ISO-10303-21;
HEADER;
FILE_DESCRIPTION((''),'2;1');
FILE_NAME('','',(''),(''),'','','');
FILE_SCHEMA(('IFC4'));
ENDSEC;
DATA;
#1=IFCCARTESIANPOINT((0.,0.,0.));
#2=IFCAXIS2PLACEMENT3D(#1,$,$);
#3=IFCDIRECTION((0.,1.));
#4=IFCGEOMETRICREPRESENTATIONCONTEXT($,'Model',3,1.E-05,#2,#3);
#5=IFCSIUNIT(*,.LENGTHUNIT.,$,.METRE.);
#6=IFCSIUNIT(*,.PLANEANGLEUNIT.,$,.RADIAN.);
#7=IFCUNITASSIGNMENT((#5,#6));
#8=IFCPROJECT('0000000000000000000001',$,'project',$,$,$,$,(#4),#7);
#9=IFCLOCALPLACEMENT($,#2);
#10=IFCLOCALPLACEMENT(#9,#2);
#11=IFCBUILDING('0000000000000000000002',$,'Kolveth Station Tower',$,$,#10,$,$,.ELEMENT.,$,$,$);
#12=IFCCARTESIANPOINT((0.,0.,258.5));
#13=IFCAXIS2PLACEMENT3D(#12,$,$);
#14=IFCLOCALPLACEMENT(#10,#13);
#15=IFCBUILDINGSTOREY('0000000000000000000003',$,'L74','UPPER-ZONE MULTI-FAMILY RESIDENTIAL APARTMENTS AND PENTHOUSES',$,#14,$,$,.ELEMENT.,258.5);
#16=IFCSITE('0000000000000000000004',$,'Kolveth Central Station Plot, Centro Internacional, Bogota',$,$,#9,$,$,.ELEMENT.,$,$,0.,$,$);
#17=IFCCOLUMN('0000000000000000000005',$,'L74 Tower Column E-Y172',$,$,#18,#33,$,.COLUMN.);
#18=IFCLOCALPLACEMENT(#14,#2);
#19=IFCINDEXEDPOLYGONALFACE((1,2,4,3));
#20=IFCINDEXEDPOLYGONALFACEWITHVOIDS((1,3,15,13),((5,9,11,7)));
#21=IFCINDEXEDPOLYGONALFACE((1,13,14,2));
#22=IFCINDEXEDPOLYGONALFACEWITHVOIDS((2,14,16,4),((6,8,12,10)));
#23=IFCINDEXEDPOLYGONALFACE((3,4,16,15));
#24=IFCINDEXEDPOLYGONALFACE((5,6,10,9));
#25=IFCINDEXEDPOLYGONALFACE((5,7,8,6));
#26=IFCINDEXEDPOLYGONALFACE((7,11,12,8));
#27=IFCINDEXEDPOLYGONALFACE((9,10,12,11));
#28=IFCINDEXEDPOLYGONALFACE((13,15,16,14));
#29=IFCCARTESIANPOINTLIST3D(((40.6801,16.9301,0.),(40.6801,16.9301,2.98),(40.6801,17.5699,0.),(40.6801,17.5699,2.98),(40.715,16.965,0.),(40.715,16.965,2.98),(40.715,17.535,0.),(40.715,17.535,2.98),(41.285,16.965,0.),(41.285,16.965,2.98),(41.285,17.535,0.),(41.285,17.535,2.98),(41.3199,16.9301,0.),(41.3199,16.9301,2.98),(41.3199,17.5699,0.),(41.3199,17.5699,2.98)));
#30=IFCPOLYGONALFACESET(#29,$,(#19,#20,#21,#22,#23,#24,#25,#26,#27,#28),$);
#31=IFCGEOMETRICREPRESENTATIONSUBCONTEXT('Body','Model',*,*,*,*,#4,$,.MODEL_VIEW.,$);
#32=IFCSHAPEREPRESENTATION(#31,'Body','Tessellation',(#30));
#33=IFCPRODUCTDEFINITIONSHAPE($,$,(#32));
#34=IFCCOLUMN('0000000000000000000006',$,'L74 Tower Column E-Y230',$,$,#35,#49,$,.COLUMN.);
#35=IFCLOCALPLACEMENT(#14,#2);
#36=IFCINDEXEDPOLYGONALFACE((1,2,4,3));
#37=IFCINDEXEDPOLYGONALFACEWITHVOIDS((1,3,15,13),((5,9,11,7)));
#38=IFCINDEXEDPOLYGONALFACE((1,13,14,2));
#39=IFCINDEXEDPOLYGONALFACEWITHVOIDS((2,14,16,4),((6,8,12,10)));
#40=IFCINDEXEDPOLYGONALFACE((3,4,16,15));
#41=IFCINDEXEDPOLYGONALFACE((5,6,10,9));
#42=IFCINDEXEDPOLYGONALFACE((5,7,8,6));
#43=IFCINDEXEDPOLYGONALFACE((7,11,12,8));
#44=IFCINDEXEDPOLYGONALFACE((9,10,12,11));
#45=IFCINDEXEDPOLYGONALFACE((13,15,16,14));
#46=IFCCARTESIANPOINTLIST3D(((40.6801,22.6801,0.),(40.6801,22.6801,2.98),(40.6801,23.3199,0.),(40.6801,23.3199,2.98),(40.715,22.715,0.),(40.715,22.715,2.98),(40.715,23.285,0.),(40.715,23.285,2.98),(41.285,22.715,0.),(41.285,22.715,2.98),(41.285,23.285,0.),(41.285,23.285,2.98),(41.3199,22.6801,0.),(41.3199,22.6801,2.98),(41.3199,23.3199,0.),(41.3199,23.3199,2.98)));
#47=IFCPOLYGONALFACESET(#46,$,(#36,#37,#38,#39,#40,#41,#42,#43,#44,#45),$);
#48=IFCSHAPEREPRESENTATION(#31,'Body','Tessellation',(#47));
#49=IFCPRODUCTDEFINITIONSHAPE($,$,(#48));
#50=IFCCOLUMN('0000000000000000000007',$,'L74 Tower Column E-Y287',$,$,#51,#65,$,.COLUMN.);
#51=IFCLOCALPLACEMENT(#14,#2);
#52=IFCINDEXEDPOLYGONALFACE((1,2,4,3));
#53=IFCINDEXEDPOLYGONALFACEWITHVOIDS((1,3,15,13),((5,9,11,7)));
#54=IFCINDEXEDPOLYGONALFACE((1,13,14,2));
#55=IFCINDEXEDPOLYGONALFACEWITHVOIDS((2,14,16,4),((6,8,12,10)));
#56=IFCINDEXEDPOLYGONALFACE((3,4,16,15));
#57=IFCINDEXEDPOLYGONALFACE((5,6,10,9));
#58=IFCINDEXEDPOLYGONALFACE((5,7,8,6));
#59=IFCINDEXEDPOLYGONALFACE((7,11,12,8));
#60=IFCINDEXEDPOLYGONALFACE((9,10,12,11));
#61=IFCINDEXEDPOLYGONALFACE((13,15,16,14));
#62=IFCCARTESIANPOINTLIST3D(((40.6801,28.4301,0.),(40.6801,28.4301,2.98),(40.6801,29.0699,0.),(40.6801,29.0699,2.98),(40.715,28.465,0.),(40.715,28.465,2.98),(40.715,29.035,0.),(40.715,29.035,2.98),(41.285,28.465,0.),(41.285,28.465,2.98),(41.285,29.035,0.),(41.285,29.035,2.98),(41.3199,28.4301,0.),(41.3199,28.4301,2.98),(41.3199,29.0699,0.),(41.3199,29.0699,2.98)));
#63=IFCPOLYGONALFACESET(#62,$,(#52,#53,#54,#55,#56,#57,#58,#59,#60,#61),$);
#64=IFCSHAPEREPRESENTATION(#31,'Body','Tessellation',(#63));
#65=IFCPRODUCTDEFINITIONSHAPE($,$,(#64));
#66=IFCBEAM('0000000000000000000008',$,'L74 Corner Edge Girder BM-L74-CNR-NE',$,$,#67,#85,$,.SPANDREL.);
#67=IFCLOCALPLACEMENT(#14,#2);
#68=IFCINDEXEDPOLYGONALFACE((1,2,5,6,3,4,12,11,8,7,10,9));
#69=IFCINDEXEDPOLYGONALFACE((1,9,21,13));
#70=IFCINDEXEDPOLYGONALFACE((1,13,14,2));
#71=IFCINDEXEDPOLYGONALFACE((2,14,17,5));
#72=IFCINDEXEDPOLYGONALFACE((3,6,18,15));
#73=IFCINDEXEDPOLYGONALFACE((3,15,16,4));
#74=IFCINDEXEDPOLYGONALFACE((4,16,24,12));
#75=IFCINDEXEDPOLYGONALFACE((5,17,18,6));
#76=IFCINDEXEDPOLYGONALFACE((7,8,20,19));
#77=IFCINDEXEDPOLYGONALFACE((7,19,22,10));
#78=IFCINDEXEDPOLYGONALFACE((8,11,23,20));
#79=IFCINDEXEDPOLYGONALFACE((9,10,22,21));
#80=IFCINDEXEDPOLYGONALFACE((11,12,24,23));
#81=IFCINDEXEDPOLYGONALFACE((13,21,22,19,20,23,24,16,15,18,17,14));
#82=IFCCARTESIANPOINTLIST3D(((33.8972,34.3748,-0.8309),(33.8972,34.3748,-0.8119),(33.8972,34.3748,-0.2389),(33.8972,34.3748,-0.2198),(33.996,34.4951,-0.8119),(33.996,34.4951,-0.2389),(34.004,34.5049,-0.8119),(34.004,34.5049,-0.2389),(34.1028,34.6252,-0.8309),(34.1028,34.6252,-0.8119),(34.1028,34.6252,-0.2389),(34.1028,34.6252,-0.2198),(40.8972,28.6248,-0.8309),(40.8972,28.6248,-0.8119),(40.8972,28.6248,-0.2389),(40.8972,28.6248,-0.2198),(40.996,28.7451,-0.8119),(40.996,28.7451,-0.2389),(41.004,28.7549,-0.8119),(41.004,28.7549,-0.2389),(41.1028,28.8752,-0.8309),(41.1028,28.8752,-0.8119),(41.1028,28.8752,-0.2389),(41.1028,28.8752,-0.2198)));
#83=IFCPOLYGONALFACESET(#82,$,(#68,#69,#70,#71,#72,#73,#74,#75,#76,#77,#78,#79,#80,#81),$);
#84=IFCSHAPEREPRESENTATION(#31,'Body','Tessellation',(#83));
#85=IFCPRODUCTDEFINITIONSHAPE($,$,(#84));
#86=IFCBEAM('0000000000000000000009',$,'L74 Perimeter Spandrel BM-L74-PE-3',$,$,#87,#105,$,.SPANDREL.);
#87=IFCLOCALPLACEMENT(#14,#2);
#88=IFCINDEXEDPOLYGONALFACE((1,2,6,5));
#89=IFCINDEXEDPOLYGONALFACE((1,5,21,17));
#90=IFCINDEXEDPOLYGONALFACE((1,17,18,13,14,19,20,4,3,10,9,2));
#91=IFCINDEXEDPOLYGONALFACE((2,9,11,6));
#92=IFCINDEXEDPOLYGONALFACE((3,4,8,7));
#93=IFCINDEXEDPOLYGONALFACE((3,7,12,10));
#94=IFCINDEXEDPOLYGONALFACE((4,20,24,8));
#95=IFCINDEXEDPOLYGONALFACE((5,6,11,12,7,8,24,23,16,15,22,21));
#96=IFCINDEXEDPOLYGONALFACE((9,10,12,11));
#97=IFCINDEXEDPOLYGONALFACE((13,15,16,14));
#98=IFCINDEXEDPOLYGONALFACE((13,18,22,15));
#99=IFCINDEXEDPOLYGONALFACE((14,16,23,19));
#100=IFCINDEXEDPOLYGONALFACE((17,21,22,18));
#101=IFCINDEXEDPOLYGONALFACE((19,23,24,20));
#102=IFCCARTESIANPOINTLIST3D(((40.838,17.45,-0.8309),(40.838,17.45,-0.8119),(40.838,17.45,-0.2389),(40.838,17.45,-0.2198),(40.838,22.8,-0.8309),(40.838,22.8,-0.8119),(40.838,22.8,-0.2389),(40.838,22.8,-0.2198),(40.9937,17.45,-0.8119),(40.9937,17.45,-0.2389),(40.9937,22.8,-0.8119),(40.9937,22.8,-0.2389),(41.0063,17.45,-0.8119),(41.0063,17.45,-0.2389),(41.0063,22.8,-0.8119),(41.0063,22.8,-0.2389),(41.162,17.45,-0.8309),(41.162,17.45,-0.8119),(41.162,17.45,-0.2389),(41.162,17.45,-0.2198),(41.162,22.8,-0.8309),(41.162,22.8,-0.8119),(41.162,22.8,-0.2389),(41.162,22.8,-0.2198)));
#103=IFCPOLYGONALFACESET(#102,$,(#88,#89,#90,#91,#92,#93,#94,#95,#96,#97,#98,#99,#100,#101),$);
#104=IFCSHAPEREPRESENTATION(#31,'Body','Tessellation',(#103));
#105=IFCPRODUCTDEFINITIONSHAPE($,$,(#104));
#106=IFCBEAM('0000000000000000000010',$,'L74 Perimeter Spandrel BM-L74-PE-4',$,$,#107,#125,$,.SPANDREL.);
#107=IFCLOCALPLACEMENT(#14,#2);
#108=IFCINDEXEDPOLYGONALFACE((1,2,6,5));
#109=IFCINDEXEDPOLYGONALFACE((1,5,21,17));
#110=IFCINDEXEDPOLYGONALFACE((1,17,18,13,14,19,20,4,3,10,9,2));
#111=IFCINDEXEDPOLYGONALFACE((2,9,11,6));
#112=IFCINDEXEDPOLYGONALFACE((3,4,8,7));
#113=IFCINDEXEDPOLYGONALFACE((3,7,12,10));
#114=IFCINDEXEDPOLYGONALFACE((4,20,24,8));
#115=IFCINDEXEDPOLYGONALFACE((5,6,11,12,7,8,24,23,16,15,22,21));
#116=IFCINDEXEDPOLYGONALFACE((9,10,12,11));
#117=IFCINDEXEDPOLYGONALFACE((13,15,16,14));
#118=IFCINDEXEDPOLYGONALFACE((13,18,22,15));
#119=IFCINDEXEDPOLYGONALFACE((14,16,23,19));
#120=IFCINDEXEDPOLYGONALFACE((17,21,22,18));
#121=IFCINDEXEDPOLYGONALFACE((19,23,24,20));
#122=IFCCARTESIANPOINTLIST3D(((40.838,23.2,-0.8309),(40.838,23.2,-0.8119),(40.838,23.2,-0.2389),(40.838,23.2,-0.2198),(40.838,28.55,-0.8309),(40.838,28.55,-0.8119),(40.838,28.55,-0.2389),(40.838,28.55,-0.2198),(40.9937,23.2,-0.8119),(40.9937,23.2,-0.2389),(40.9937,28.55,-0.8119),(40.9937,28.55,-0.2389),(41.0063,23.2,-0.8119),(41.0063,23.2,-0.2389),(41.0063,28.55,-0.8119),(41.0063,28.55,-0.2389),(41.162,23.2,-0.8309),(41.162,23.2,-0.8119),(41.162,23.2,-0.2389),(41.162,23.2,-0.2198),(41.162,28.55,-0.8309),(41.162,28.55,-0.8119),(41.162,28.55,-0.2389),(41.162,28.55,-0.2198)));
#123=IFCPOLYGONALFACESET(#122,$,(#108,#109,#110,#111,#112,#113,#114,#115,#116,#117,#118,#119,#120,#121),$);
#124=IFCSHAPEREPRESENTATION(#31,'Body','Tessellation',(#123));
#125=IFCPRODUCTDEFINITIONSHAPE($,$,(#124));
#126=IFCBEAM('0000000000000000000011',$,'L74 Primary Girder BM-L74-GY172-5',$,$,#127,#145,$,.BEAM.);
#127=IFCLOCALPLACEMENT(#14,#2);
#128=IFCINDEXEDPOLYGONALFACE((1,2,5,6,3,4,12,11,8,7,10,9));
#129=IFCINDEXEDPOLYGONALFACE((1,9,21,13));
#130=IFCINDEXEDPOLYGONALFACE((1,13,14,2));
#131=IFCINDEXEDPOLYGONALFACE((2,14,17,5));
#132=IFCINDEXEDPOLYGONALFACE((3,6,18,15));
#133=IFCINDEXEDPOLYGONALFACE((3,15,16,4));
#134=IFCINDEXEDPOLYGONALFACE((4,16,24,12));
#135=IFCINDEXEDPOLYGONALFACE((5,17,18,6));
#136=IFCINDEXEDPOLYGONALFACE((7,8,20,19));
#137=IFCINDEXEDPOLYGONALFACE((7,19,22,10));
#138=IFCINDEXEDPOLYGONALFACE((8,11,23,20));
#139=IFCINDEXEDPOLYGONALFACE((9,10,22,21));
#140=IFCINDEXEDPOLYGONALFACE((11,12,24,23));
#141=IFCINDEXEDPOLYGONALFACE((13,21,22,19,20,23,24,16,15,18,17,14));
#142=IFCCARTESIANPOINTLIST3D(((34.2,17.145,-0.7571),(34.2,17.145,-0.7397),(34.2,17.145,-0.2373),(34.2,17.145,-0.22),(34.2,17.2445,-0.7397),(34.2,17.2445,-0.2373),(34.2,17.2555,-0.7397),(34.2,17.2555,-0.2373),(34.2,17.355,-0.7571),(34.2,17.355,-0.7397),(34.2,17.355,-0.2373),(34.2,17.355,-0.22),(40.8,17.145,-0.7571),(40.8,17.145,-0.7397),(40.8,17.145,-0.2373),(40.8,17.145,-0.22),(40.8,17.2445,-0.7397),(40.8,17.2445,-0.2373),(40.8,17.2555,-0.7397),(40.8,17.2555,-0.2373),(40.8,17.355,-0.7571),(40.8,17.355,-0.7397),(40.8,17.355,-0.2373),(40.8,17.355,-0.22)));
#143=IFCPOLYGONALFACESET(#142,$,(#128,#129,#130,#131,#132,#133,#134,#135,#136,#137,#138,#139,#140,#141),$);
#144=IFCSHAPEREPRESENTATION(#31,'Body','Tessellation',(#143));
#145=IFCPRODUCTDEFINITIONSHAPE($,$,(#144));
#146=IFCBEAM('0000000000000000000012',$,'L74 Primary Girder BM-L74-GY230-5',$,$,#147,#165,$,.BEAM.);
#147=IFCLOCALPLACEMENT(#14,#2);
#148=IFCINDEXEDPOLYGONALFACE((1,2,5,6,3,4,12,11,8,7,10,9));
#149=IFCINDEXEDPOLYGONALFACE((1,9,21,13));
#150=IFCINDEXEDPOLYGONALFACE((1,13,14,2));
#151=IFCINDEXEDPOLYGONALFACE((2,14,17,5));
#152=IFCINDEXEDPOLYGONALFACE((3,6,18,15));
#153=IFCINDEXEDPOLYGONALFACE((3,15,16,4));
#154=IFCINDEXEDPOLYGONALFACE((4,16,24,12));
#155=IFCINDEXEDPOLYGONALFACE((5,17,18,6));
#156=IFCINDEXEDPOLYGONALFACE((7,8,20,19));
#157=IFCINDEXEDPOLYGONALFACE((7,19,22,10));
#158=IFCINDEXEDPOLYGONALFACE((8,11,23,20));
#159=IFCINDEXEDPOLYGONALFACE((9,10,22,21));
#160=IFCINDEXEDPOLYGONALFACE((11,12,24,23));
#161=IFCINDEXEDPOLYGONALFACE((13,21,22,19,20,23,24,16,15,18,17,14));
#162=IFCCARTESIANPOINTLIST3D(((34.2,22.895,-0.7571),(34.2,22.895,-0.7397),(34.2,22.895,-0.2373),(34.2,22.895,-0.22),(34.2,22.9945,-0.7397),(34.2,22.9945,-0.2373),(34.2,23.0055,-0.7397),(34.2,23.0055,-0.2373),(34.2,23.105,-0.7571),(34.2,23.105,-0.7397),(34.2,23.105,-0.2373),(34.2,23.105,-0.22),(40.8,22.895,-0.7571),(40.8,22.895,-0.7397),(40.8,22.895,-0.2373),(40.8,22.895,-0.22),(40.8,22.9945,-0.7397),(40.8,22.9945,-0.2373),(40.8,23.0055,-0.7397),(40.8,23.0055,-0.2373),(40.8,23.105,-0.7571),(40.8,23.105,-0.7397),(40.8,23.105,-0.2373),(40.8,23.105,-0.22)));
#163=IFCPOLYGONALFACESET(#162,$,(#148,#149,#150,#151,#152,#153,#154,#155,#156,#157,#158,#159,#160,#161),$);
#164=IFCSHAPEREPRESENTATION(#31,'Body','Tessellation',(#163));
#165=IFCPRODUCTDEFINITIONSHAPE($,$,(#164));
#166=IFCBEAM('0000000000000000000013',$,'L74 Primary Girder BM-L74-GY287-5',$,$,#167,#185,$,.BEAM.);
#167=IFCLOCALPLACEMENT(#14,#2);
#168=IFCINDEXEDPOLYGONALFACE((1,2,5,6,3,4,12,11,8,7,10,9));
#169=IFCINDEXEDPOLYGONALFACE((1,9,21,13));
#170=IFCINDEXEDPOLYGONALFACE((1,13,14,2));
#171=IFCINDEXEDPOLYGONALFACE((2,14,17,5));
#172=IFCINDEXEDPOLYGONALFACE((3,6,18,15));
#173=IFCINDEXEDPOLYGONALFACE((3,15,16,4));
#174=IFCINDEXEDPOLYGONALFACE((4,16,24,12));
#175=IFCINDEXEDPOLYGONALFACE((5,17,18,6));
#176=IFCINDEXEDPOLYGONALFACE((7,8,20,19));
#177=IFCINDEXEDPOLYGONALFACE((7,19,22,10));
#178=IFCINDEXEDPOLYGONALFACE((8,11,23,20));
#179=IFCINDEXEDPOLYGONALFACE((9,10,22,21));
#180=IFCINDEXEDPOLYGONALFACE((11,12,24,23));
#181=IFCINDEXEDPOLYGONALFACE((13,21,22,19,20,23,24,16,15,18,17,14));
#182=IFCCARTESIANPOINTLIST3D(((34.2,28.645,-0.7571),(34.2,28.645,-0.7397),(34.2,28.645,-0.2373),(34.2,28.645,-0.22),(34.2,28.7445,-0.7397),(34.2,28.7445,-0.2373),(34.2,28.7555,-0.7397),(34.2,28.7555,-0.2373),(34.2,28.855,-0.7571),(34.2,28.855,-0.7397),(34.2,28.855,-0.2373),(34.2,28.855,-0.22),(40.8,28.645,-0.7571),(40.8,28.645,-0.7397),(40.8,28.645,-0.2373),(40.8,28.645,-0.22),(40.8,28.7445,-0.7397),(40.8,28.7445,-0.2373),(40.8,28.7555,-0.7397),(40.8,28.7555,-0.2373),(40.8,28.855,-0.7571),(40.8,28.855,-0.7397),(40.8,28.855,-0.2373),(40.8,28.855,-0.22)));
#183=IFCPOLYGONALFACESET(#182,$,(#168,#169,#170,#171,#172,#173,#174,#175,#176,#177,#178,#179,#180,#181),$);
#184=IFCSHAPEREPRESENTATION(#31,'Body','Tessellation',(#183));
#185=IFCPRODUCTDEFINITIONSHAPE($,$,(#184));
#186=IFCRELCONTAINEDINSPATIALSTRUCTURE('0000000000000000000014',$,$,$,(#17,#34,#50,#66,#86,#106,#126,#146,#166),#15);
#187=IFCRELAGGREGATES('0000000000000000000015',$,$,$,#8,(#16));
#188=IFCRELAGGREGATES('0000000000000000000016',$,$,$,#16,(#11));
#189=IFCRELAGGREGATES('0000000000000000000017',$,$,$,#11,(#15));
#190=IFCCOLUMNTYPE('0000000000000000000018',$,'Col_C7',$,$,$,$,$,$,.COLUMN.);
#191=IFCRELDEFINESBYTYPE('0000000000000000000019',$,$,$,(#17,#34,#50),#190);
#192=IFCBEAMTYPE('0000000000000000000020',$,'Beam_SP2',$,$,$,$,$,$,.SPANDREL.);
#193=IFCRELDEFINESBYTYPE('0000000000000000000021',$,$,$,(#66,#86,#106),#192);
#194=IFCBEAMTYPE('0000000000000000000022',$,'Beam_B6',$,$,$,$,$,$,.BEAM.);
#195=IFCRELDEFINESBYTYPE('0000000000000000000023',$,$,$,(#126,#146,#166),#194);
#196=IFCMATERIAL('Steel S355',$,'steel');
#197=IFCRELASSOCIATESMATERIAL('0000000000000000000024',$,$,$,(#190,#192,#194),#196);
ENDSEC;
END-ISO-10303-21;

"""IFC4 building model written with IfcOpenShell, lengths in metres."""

from ifc_helpers import new_model, si_unit, direction, frame, origin, origin_2d, place, context, subcontext, project, spatial, hollow_rectangle, i_section, extrude, source, transform, mapped, material, material_profile, profile_set, type_object, element, save


model = new_model("IFC4")

# Units and contexts
model_context = context("Model", 3, precision=1e-05, world=origin(), true_north=direction((0.0, 1.0)))
body_context = subcontext(model_context, "Body", "Model", "MODEL_VIEW")
ifc_project = project(units=[si_unit("LENGTHUNIT", "METRE"), si_unit("PLANEANGLEUNIT", "RADIAN")], contexts=[model_context])

# Site, building, storey
site_placement = place(None, origin())
site = spatial("IfcSite", under=ifc_project, at=site_placement, Name="Kolveth Central Station Plot, Centro Internacional, Bogota", CompositionType="ELEMENT", RefElevation=0.0)
building_placement = place(site_placement, origin())
building = spatial("IfcBuilding", under=site, at=building_placement, Name="Kolveth Station Tower", CompositionType="ELEMENT")
storey_placement = place(building_placement, frame((0.0, 0.0, 258.5)))
storey = spatial("IfcBuildingStorey", under=building, at=storey_placement, Name="L74", Description="UPPER-ZONE MULTI-FAMILY RESIDENTIAL APARTMENTS AND PENTHOUSES", CompositionType="ELEMENT", Elevation=258.5)

# Columns
ifc_material_1 = material(Name="Steel S355", Category="steel")
ifc_material_profile_1 = material_profile(ifc_material_1, hollow_rectangle(XDim=0.6399, YDim=0.6399, WallThickness=0.0349, at=origin_2d()), Name="BOX640x640x35")
ifc_profile_set_1 = profile_set([ifc_material_profile_1], Name="Steel S355")
column_type = type_object("IfcColumnType", Name="Col_C7", PredefinedType="COLUMN", material=ifc_profile_set_1)
shared_shape_1 = source(origin(), body_context, "Body", "SweptSolid", [
    extrude(hollow_rectangle(XDim=0.6399, YDim=0.6399, WallThickness=0.0349, at=origin_2d()), origin(), (0.0, 0.0, 1.0), 2.98),
])
for number, where, z_axis, x_axis, name in (
    (1, (41.0, 17.25, 0.0), (0.0, 0.0, 1.0), (1.0, 0.0, 0.0), "L74 Tower Column E-Y172"),
    (2, (41.0, 23.0, 0.0), (0.0, 0.0, 1.0), (1.0, 0.0, 0.0), "L74 Tower Column E-Y230"),
    (3, (41.0, 28.75, 0.0), (0.0, 0.0, 1.0), (1.0, 0.0, 0.0), "L74 Tower Column E-Y287"),
):
    element("IfcColumn", number, at=place(storey_placement, frame(where, z_axis=z_axis, x_axis=x_axis)), inside=storey, type_object=column_type, Name=name, PredefinedType="COLUMN", context=body_context, shape_type="MappedRepresentation", body=[
        mapped(shared_shape_1, transform((0.0, 0.0, 0.0), x_axis=(1.0, 0.0, 0.0), y_axis=(0.0, 1.0, 0.0), z_axis=(0.0, 0.0, 1.0), scale=1.0)),
    ])

# Beams
ifc_material_profile_2 = material_profile(ifc_material_1, i_section(OverallWidth=0.324, OverallDepth=0.6111, WebThickness=0.0127, FlangeThickness=0.019, at=origin_2d()), Name="W610x155")
ifc_profile_set_2 = profile_set([ifc_material_profile_2], Name="Steel S355")
beam_type_1 = type_object("IfcBeamType", Name="Beam_SP2", PredefinedType="SPANDREL", material=ifc_profile_set_2)
shared_shape_2 = source(origin(), body_context, "Body", "SweptSolid", [
    extrude(i_section(OverallWidth=0.324, OverallDepth=0.6111, WebThickness=0.0127, FlangeThickness=0.019, at=origin_2d()), origin(), (0.0, 0.0, 1.0), 9.0588),
])
beam_1_placement = place(storey_placement, frame((41.0, 28.75, -0.5254), z_axis=(-0.772726, 0.634739, 0.0), x_axis=(-0.634739, -0.772726, 0.0)))
element("IfcBeam", 4, at=beam_1_placement, inside=storey, type_object=beam_type_1, Name="L74 Corner Edge Girder BM-L74-CNR-NE", PredefinedType="SPANDREL", context=body_context, shape_type="MappedRepresentation", body=[
    mapped(shared_shape_2, transform((0.0, 0.0, 0.0), x_axis=(1.0, 0.0, 0.0), y_axis=(0.0, 1.0, 0.0), z_axis=(0.0, 0.0, 1.0), scale=1.0)),
])
shared_shape_3 = source(origin(), body_context, "Body", "SweptSolid", [
    extrude(i_section(OverallWidth=0.324, OverallDepth=0.6111, WebThickness=0.0127, FlangeThickness=0.019, at=origin_2d()), origin(), (0.0, 0.0, 1.0), 5.3501),
])
for number, where, z_axis, x_axis, name in (
    (5, (41.0, 17.45, -0.5254), (0.0, 1.0, 0.0), (-1.0, 0.0, 0.0), "L74 Perimeter Spandrel BM-L74-PE-3"),
    (6, (41.0, 23.2, -0.5254), (0.0, 1.0, 0.0), (-1.0, 0.0, 0.0), "L74 Perimeter Spandrel BM-L74-PE-4"),
):
    element("IfcBeam", number, at=place(storey_placement, frame(where, z_axis=z_axis, x_axis=x_axis)), inside=storey, type_object=beam_type_1, Name=name, PredefinedType="SPANDREL", context=body_context, shape_type="MappedRepresentation", body=[
        mapped(shared_shape_3, transform((0.0, 0.0, 0.0), x_axis=(1.0, 0.0, 0.0), y_axis=(0.0, 1.0, 0.0), z_axis=(0.0, 0.0, 1.0), scale=1.0)),
    ])
ifc_material_profile_3 = material_profile(ifc_material_1, i_section(OverallWidth=0.21, OverallDepth=0.5371, WebThickness=0.011, FlangeThickness=0.0173, at=origin_2d()), Name="W530x101")
ifc_profile_set_3 = profile_set([ifc_material_profile_3], Name="Steel S355")
beam_type_2 = type_object("IfcBeamType", Name="Beam_B6", PredefinedType="BEAM", material=ifc_profile_set_3)
shared_shape_4 = source(origin(), body_context, "Body", "SweptSolid", [
    extrude(i_section(OverallWidth=0.21, OverallDepth=0.5371, WebThickness=0.011, FlangeThickness=0.0173, at=origin_2d()), origin(), (0.0, 0.0, 1.0), 6.6001),
])
for number, where, z_axis, x_axis, name in (
    (7, (34.2, 17.25, -0.4885), (1.0, 0.0, 0.0), (0.0, 1.0, 0.0), "L74 Primary Girder BM-L74-GY172-5"),
    (8, (34.2, 23.0, -0.4885), (1.0, 0.0, 0.0), (0.0, 1.0, 0.0), "L74 Primary Girder BM-L74-GY230-5"),
    (9, (34.2, 28.75, -0.4885), (1.0, 0.0, 0.0), (0.0, 1.0, 0.0), "L74 Primary Girder BM-L74-GY287-5"),
):
    element("IfcBeam", number, at=place(storey_placement, frame(where, z_axis=z_axis, x_axis=x_axis)), inside=storey, type_object=beam_type_2, Name=name, PredefinedType="BEAM", context=body_context, shape_type="MappedRepresentation", body=[
        mapped(shared_shape_4, transform((0.0, 0.0, 0.0), x_axis=(1.0, 0.0, 0.0), y_axis=(0.0, 1.0, 0.0), z_axis=(0.0, 0.0, 1.0), scale=1.0)),
    ])

save(model, "model.ifc")
